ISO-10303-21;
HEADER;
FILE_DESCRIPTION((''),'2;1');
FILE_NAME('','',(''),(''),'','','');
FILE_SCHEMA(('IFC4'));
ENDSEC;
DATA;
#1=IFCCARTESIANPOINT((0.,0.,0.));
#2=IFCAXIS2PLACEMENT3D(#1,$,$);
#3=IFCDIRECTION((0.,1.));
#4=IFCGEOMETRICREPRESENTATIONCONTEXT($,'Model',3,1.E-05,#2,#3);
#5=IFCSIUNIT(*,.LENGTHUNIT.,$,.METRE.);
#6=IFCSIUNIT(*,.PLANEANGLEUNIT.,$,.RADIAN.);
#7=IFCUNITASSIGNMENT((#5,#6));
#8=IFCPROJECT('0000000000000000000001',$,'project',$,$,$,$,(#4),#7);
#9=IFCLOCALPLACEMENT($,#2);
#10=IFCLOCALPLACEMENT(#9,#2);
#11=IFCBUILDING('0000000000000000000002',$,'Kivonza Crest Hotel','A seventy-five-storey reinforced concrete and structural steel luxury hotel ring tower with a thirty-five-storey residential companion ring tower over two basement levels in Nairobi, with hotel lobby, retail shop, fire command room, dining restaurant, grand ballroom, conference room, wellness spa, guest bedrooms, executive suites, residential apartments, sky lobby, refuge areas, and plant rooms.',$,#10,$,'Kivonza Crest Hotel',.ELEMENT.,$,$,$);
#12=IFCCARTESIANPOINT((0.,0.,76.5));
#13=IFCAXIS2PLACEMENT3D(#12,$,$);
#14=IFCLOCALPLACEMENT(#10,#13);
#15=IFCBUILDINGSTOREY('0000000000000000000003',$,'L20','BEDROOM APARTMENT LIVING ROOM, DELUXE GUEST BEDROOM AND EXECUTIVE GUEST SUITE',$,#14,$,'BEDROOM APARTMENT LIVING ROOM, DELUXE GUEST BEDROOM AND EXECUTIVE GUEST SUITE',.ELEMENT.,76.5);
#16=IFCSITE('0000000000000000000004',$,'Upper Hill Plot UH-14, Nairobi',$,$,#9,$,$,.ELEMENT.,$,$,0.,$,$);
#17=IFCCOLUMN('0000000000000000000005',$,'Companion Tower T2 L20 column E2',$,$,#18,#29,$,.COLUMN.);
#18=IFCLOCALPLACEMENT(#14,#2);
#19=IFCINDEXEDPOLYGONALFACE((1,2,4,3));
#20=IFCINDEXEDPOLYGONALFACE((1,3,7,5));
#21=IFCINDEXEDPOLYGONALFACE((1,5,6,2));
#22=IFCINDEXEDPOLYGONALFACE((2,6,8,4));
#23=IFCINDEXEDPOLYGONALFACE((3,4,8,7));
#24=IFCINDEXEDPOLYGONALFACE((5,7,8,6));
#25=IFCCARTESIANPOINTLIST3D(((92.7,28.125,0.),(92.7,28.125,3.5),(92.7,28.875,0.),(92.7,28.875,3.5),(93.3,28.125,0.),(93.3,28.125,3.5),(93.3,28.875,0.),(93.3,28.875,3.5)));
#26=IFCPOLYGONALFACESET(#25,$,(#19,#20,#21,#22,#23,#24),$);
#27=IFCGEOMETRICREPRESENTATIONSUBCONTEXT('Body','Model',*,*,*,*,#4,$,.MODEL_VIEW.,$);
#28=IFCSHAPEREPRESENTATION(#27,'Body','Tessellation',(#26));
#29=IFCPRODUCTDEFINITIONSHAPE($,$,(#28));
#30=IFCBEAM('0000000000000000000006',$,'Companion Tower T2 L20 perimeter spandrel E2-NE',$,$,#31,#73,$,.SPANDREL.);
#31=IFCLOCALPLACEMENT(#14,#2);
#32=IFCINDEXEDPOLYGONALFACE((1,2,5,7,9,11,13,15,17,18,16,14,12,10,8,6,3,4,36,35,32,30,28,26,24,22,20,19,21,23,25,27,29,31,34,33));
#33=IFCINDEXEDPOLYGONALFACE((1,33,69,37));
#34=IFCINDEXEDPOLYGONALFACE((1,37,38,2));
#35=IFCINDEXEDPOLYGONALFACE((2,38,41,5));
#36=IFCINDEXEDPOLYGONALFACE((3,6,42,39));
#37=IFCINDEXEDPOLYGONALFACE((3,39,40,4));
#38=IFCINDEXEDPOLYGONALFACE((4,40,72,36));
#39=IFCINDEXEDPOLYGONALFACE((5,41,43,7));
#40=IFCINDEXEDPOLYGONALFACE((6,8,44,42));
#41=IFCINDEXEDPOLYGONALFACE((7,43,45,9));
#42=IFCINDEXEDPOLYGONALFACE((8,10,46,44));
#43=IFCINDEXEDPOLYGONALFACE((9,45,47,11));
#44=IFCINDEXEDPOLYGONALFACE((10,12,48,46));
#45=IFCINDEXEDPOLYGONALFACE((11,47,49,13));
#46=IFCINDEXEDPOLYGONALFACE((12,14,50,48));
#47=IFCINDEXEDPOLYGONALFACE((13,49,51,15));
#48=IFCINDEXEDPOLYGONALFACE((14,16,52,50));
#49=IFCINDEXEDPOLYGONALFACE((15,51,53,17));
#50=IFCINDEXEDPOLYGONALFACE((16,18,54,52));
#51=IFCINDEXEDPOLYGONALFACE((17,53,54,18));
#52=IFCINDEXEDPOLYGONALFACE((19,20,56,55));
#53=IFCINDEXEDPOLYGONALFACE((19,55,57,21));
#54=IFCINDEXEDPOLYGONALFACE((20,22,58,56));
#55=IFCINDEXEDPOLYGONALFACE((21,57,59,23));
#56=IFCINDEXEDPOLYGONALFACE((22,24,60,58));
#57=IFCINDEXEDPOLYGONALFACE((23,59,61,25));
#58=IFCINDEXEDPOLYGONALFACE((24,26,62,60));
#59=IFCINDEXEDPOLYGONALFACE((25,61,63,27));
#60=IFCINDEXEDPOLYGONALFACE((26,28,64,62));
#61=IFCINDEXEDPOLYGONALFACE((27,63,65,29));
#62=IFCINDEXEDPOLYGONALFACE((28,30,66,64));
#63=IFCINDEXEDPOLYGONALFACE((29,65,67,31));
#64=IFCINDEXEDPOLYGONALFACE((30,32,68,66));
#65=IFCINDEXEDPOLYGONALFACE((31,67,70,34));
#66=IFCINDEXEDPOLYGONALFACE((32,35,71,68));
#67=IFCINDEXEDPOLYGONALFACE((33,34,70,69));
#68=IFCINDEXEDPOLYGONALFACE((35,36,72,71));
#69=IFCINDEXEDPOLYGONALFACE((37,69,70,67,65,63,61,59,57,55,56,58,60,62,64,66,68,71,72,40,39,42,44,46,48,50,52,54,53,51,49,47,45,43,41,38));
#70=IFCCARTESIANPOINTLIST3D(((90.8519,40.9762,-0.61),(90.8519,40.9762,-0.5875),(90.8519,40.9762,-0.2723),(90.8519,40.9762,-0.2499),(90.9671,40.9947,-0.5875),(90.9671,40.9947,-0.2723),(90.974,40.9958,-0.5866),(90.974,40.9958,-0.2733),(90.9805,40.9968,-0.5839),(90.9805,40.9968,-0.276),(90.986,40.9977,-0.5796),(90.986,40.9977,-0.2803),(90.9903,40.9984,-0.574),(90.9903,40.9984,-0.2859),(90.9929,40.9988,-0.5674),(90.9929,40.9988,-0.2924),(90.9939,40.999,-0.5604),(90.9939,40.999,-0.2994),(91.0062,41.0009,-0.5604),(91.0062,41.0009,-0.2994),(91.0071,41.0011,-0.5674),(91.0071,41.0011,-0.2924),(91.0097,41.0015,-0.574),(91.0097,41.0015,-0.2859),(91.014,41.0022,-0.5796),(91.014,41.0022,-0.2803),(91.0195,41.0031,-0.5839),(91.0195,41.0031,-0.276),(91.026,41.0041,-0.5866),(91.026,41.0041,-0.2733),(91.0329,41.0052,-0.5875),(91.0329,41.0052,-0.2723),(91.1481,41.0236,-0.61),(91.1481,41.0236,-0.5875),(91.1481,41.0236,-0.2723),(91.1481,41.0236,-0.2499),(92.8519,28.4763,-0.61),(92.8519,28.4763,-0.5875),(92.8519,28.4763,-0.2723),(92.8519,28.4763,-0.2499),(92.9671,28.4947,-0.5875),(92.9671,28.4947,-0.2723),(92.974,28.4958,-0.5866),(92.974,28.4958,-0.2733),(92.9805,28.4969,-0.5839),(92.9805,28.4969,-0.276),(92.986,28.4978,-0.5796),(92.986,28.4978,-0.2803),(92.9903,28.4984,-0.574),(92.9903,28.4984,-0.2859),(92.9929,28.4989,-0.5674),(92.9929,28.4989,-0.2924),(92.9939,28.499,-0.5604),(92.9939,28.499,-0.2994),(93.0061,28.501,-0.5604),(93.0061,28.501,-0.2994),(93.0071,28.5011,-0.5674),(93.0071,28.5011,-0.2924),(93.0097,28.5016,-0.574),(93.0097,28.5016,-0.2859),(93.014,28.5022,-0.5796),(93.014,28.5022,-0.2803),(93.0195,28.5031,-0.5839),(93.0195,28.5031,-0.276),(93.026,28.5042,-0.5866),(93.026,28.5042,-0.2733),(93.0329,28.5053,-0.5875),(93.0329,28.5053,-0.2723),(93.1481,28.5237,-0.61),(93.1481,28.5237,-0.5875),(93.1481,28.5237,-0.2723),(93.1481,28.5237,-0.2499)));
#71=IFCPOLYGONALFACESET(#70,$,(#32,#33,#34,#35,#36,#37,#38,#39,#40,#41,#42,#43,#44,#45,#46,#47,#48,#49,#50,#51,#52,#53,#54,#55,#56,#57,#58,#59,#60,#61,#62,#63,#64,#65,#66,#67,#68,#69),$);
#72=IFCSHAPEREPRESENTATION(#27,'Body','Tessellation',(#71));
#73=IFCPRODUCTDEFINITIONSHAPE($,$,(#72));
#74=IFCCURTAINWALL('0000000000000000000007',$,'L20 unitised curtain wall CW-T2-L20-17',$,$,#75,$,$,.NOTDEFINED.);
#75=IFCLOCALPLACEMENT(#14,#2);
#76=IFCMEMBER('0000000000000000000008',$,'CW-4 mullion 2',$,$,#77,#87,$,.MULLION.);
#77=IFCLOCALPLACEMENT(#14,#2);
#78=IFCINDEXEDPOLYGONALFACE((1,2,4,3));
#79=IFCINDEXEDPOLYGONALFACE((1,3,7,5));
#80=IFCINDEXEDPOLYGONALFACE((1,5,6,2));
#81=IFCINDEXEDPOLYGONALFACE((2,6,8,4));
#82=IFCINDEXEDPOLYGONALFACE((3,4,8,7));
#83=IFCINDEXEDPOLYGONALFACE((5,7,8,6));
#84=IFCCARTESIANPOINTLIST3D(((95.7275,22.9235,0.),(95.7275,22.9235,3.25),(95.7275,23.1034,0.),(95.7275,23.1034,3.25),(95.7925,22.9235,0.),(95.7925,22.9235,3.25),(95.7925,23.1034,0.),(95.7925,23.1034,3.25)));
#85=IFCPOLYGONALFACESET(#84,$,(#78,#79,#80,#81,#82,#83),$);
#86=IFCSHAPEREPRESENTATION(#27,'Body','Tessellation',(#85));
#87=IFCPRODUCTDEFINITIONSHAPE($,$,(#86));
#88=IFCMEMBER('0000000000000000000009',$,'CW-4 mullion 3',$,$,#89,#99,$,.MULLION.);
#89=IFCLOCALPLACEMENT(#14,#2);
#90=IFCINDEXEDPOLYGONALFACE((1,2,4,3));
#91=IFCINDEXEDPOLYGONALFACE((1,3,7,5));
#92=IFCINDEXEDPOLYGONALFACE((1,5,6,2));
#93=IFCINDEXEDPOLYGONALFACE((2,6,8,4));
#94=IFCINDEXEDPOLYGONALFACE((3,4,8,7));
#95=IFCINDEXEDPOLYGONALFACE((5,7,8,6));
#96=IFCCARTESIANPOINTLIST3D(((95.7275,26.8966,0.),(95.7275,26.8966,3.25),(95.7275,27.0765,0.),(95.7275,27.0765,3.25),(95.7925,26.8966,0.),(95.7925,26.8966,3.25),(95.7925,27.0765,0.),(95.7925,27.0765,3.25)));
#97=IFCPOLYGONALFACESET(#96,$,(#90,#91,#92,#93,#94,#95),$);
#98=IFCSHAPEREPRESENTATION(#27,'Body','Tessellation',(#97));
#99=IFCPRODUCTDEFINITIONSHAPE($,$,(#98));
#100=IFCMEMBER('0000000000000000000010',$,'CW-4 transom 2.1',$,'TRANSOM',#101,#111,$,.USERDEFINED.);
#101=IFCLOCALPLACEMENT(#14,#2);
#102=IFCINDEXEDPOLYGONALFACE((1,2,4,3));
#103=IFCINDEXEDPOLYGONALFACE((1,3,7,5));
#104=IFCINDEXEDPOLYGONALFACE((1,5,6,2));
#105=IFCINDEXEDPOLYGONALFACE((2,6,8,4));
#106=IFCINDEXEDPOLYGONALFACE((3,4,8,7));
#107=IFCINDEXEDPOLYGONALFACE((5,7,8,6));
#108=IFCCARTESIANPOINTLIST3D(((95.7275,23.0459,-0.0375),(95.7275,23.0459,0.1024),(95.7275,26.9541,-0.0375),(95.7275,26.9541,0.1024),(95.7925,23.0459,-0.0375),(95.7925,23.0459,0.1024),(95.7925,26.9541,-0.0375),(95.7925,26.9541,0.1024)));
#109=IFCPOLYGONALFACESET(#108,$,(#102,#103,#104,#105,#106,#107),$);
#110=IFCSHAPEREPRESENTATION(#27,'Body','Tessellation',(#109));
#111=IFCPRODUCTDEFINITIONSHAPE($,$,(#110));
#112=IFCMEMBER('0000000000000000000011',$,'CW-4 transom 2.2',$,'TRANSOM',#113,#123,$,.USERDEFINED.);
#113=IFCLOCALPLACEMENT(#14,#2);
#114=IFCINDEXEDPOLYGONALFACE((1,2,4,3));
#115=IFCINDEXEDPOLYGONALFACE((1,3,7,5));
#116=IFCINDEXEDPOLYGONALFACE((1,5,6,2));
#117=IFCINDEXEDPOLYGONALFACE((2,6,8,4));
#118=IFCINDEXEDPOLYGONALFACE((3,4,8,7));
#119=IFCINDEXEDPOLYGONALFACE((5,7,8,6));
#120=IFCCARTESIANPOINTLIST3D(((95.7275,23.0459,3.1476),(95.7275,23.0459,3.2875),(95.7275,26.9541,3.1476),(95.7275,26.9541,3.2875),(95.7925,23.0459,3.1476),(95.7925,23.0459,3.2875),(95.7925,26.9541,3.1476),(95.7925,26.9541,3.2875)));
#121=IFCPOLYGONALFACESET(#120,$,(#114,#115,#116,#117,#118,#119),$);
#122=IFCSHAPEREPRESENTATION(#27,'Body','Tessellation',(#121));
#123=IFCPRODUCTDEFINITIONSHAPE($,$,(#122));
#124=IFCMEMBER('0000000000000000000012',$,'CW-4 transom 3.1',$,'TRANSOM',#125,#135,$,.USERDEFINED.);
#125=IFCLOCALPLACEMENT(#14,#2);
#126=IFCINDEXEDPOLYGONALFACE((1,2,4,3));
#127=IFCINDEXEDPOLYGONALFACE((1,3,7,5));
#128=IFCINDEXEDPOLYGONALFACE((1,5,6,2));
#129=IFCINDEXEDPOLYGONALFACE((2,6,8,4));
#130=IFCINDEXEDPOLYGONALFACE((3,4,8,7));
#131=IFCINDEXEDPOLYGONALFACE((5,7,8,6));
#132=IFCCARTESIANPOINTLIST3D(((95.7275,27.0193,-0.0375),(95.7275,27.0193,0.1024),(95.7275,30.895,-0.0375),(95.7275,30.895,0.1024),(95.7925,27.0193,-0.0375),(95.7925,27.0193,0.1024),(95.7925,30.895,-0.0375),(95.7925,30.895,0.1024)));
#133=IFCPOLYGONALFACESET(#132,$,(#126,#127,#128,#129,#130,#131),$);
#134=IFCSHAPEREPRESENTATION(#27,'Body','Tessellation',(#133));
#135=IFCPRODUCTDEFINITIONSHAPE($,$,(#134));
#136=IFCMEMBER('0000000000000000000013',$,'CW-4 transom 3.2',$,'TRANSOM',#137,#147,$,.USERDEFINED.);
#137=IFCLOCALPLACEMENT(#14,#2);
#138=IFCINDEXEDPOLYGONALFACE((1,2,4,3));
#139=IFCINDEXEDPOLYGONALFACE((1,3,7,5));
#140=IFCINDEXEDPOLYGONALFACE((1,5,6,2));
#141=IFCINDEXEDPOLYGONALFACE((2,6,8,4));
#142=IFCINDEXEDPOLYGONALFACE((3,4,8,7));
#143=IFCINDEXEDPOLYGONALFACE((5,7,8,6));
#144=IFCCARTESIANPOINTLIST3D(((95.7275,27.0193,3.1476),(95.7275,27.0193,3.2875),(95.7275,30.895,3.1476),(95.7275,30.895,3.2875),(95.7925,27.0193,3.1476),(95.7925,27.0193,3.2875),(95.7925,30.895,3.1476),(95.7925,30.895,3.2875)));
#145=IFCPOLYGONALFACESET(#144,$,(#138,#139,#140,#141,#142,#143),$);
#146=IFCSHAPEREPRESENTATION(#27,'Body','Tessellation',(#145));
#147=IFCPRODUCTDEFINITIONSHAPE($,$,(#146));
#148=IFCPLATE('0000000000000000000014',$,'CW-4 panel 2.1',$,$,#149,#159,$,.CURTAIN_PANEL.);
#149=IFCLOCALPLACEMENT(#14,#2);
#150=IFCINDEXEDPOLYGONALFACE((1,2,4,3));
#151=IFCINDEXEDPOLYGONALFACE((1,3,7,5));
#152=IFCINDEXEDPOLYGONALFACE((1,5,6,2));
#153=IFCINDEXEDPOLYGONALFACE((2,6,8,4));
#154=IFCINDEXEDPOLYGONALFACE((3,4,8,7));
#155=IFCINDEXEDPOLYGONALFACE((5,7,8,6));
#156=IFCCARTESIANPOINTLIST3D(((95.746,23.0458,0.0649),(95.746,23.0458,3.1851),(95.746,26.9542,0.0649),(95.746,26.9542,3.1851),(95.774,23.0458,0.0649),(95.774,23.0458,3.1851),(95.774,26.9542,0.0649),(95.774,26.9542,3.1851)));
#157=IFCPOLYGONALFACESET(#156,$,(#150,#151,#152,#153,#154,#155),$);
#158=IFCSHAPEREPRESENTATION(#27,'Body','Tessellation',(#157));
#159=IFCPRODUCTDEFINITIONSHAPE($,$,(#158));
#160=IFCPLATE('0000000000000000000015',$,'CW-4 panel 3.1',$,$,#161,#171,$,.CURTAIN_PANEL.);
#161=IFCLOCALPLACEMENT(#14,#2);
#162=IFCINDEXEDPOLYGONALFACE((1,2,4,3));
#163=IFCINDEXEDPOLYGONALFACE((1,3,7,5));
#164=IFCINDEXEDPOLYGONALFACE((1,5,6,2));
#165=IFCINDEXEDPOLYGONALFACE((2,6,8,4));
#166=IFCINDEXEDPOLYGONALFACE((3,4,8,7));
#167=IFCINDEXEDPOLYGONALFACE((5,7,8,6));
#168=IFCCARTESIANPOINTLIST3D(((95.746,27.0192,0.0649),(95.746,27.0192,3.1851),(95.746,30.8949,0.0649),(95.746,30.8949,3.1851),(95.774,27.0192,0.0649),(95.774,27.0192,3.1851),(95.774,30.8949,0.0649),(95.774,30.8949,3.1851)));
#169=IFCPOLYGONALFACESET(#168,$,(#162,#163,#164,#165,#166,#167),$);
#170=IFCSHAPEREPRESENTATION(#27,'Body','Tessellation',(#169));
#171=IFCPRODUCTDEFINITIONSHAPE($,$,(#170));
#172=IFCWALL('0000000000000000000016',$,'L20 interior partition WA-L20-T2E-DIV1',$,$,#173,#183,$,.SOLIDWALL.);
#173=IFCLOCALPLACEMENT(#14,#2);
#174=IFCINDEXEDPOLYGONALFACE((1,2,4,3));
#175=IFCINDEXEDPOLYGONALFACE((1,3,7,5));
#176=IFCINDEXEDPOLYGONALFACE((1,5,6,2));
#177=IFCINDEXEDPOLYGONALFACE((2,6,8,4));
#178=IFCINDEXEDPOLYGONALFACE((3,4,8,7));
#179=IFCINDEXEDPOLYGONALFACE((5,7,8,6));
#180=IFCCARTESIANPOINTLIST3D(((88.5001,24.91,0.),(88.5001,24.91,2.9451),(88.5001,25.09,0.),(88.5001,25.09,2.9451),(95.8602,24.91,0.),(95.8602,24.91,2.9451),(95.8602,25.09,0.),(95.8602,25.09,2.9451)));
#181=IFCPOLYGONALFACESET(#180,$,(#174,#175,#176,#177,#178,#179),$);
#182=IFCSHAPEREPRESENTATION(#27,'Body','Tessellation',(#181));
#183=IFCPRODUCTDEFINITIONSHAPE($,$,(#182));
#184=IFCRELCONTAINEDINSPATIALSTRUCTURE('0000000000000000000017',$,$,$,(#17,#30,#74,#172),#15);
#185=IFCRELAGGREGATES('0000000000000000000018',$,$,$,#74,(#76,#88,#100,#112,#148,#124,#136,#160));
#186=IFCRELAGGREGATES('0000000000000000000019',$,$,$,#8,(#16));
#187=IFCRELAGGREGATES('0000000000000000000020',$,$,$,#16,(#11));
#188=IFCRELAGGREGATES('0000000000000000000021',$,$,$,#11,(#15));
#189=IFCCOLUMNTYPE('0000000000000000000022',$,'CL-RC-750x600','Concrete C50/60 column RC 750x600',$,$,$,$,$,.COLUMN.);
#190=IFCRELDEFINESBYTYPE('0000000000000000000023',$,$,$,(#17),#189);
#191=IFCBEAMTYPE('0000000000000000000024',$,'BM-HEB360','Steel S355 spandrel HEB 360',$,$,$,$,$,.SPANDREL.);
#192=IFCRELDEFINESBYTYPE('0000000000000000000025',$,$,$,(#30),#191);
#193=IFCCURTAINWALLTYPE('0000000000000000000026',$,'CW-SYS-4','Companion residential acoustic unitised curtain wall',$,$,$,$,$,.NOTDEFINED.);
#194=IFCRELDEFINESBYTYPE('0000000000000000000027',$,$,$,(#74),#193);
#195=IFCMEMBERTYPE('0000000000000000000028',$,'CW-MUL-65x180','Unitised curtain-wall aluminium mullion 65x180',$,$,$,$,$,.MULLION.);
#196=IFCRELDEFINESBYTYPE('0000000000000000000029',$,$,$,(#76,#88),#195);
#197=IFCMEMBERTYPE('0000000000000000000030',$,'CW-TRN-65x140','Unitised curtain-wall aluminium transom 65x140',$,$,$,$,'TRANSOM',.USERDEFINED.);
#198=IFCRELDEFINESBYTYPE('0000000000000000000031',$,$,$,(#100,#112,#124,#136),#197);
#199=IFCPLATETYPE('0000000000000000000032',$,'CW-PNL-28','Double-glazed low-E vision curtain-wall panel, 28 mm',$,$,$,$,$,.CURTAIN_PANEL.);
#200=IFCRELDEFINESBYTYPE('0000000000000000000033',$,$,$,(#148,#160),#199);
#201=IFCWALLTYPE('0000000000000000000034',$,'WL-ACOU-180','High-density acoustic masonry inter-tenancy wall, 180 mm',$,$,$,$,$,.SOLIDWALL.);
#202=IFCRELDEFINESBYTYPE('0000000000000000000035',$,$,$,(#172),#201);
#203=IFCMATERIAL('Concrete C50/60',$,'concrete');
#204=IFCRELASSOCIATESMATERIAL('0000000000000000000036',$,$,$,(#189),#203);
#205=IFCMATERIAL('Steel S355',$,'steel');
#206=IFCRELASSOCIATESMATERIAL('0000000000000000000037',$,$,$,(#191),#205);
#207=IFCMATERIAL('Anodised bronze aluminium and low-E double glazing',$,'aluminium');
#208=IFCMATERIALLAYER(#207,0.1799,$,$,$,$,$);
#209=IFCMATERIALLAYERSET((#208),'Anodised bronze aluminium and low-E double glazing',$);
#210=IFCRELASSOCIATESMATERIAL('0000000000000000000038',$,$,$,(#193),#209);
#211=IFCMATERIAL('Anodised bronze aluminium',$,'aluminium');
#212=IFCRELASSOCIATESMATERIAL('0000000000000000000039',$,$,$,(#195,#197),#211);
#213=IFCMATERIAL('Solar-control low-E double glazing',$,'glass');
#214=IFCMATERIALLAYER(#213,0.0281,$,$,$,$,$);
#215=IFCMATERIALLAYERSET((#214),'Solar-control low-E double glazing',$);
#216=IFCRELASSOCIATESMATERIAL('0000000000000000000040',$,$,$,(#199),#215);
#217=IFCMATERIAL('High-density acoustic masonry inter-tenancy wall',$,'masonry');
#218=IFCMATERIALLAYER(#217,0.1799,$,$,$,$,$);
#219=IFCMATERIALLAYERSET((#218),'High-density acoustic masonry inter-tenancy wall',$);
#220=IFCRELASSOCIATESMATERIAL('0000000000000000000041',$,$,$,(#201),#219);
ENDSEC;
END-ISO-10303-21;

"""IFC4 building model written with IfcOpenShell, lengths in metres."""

from ifc_helpers import new_model, si_unit, direction, frame, frame_2d, origin, origin_2d, place, context, subcontext, project, spatial, rectangle, i_section, extrude, material, layer, layer_set, material_profile, profile_set, type_object, element, aggregate, save


model = new_model("IFC4")

# Units and contexts
model_context = context("Model", 3, precision=1e-05, world=origin(), true_north=direction((0.0, 1.0)))
body_context = subcontext(model_context, "Body", "Model", "MODEL_VIEW")
ifc_project = project(units=[si_unit("LENGTHUNIT", "METRE"), si_unit("PLANEANGLEUNIT", "RADIAN")], contexts=[model_context])

# Site, building, storey
site_placement = place(None, origin())
site = spatial("IfcSite", under=ifc_project, at=site_placement, Name="Upper Hill Plot UH-14, Nairobi", CompositionType="ELEMENT", RefElevation=0.0)
building_placement = place(site_placement, origin())
building = spatial("IfcBuilding", under=site, at=building_placement, Name="Kivonza Crest Hotel", Description="A seventy-five-storey reinforced concrete and structural steel luxury hotel ring tower with a thirty-five-storey residential companion ring tower over two basement levels in Nairobi, with hotel lobby, retail shop, fire command room, dining restaurant, grand ballroom, conference room, wellness spa, guest bedrooms, executive suites, residential apartments, sky lobby, refuge areas, and plant rooms.", LongName="Kivonza Crest Hotel", CompositionType="ELEMENT")
storey_placement = place(building_placement, frame((0.0, 0.0, 76.5)))
storey = spatial("IfcBuildingStorey", under=building, at=storey_placement, Name="L20", Description="BEDROOM APARTMENT LIVING ROOM, DELUXE GUEST BEDROOM AND EXECUTIVE GUEST SUITE", LongName="BEDROOM APARTMENT LIVING ROOM, DELUXE GUEST BEDROOM AND EXECUTIVE GUEST SUITE", CompositionType="ELEMENT", Elevation=76.5)

# Column
ifc_material_1 = material(Name="Concrete C50/60", Category="concrete")
ifc_material_profile_1 = material_profile(ifc_material_1, rectangle(XDim=0.6001, YDim=0.75, at=origin_2d()), Name="RC 750x600")
ifc_profile_set_1 = profile_set([ifc_material_profile_1], Name="Concrete C50/60")
column_type = type_object("IfcColumnType", Name="CL-RC-750x600", Description="Concrete C50/60 column RC 750x600", PredefinedType="COLUMN", material=ifc_profile_set_1)
column_placement = place(storey_placement, frame((93.0, 28.5, 0.0), z_axis=(0.0, 0.0, 1.0), x_axis=(1.0, 0.0, 0.0)))
element("IfcColumn", 1, at=column_placement, inside=storey, type_object=column_type, Name="Companion Tower T2 L20 column E2", PredefinedType="COLUMN", context=body_context, shape_type="SweptSolid", body=[
    extrude(rectangle(XDim=0.6001, YDim=0.75, at=origin_2d()), origin(), (0.0, 0.0, 1.0), 3.5),
])

# Beam
ifc_material_2 = material(Name="Steel S355", Category="steel")
ifc_material_profile_2 = material_profile(ifc_material_2, i_section(OverallWidth=0.3, OverallDepth=0.3601, WebThickness=0.0125, FlangeThickness=0.0225, FilletRadius=0.0271, at=origin_2d()), Name="HEB 360")
ifc_profile_set_2 = profile_set([ifc_material_profile_2], Name="Steel S355")
beam_type = type_object("IfcBeamType", Name="BM-HEB360", Description="Steel S355 spandrel HEB 360", PredefinedType="SPANDREL", material=ifc_profile_set_2)
beam_placement = place(storey_placement, frame((93.0, 28.5, -0.4299), z_axis=(-0.157991, 0.987441, 0.0), x_axis=(-0.987441, -0.157991, 0.0)))
element("IfcBeam", 2, at=beam_placement, inside=storey, type_object=beam_type, Name="Companion Tower T2 L20 perimeter spandrel E2-NE", PredefinedType="SPANDREL", context=body_context, shape_type="SweptSolid", body=[
    extrude(i_section(OverallWidth=0.3, OverallDepth=0.3601, WebThickness=0.0125, FlangeThickness=0.0225, FilletRadius=0.0271, at=origin_2d()), origin(), (0.0, 0.0, 1.0), 12.6589),
])

# Curtain wall, members, plates
ifc_material_3 = material(Name="Anodised bronze aluminium and low-E double glazing", Category="aluminium")
ifc_layer_1 = layer(ifc_material_3, 0.1799)
ifc_layer_set_1 = layer_set([ifc_layer_1], Name="Anodised bronze aluminium and low-E double glazing")
curtain_wall_type = type_object("IfcCurtainWallType", Name="CW-SYS-4", Description="Companion residential acoustic unitised curtain wall", PredefinedType="NOTDEFINED", material=ifc_layer_set_1)
curtain_wall_placement = place(storey_placement, origin())
curtain_wall = element("IfcCurtainWall", 3, at=curtain_wall_placement, inside=storey, type_object=curtain_wall_type, Name="L20 unitised curtain wall CW-T2-L20-17", PredefinedType="NOTDEFINED")
ifc_material_4 = material(Name="Anodised bronze aluminium", Category="aluminium")
ifc_material_profile_3 = material_profile(ifc_material_4, rectangle(XDim=0.0649, YDim=0.1799, at=origin_2d()), Name="CW-M 65x180")
ifc_profile_set_3 = profile_set([ifc_material_profile_3], Name="Anodised bronze aluminium")
member_type_1 = type_object("IfcMemberType", Name="CW-MUL-65x180", Description="Unitised curtain-wall aluminium mullion 65x180", PredefinedType="MULLION", material=ifc_profile_set_3)
member_1_placement = place(storey_placement, frame((95.76, 23.0134, 0.0), z_axis=(0.0, 0.0, 1.0), x_axis=(-1.0, 0.0, 0.0)))
member_1 = element("IfcMember", 4, at=member_1_placement, type_object=member_type_1, Name="CW-4 mullion 2", PredefinedType="MULLION", context=body_context, shape_type="SweptSolid", body=[
    extrude(rectangle(XDim=0.0649, YDim=0.1799, at=origin_2d()), origin(), (0.0, 0.0, 1.0), 3.25),
])
member_2_placement = place(storey_placement, frame((95.76, 26.9866, 0.0), z_axis=(0.0, 0.0, 1.0), x_axis=(-1.0, 0.0, 0.0)))
member_2 = element("IfcMember", 5, at=member_2_placement, type_object=member_type_1, Name="CW-4 mullion 3", PredefinedType="MULLION", context=body_context, shape_type="SweptSolid", body=[
    extrude(rectangle(XDim=0.0649, YDim=0.1799, at=origin_2d()), origin(), (0.0, 0.0, 1.0), 3.25),
])
ifc_material_profile_4 = material_profile(ifc_material_4, rectangle(XDim=0.0649, YDim=0.1399, at=origin_2d()), Name="CW-T 65x140")
ifc_profile_set_4 = profile_set([ifc_material_profile_4], Name="Anodised bronze aluminium")
member_type_2 = type_object("IfcMemberType", Name="CW-TRN-65x140", Description="Unitised curtain-wall aluminium transom 65x140", ElementType="TRANSOM", PredefinedType="USERDEFINED", material=ifc_profile_set_4)
member_3_placement = place(storey_placement, frame((95.76, 23.0459, 0.0325), z_axis=(0.0, 1.0, 0.0), x_axis=(-1.0, 0.0, 0.0)))
member_3 = element("IfcMember", 6, at=member_3_placement, type_object=member_type_2, Name="CW-4 transom 2.1", ObjectType="TRANSOM", PredefinedType="USERDEFINED", context=body_context, shape_type="SweptSolid", body=[
    extrude(rectangle(XDim=0.0649, YDim=0.1399, at=origin_2d()), origin(), (0.0, 0.0, 1.0), 3.9082),
])
member_4_placement = place(storey_placement, frame((95.76, 23.0459, 3.2175), z_axis=(0.0, 1.0, 0.0), x_axis=(-1.0, 0.0, 0.0)))
member_4 = element("IfcMember", 7, at=member_4_placement, type_object=member_type_2, Name="CW-4 transom 2.2", ObjectType="TRANSOM", PredefinedType="USERDEFINED", context=body_context, shape_type="SweptSolid", body=[
    extrude(rectangle(XDim=0.0649, YDim=0.1399, at=origin_2d()), origin(), (0.0, 0.0, 1.0), 3.9082),
])
member_5_placement = place(storey_placement, frame((95.76, 27.0193, 0.0325), z_axis=(0.0, 1.0, 0.0), x_axis=(-1.0, 0.0, 0.0)))
member_5 = element("IfcMember", 8, at=member_5_placement, type_object=member_type_2, Name="CW-4 transom 3.1", ObjectType="TRANSOM", PredefinedType="USERDEFINED", context=body_context, shape_type="SweptSolid", body=[
    extrude(rectangle(XDim=0.0649, YDim=0.1399, at=origin_2d()), origin(), (0.0, 0.0, 1.0), 3.8757),
])
member_6_placement = place(storey_placement, frame((95.76, 27.0193, 3.2175), z_axis=(0.0, 1.0, 0.0), x_axis=(-1.0, 0.0, 0.0)))
member_6 = element("IfcMember", 9, at=member_6_placement, type_object=member_type_2, Name="CW-4 transom 3.2", ObjectType="TRANSOM", PredefinedType="USERDEFINED", context=body_context, shape_type="SweptSolid", body=[
    extrude(rectangle(XDim=0.0649, YDim=0.1399, at=origin_2d()), origin(), (0.0, 0.0, 1.0), 3.8757),
])
ifc_material_5 = material(Name="Solar-control low-E double glazing", Category="glass")
ifc_layer_2 = layer(ifc_material_5, 0.0281)
ifc_layer_set_2 = layer_set([ifc_layer_2], Name="Solar-control low-E double glazing")
plate_type = type_object("IfcPlateType", Name="CW-PNL-28", Description="Double-glazed low-E vision curtain-wall panel, 28 mm", PredefinedType="CURTAIN_PANEL", material=ifc_layer_set_2)
plate_1_placement = place(storey_placement, frame((95.76, 25.0, 0.0649), z_axis=(0.0, 0.0, 1.0), x_axis=(0.0, 1.0, 0.0)))
plate_1 = element("IfcPlate", 10, at=plate_1_placement, type_object=plate_type, Name="CW-4 panel 2.1", PredefinedType="CURTAIN_PANEL", context=body_context, shape_type="SweptSolid", body=[
    extrude(rectangle(XDim=3.9084, YDim=0.0281, at=origin_2d()), origin(), (0.0, 0.0, 1.0), 3.1201),
])
plate_2_placement = place(storey_placement, frame((95.76, 28.957, 0.0649), z_axis=(0.0, 0.0, 1.0), x_axis=(0.0, 1.0, 0.0)))
plate_2 = element("IfcPlate", 11, at=plate_2_placement, type_object=plate_type, Name="CW-4 panel 3.1", PredefinedType="CURTAIN_PANEL", context=body_context, shape_type="SweptSolid", body=[
    extrude(rectangle(XDim=3.8757, YDim=0.0281, at=origin_2d()), origin(), (0.0, 0.0, 1.0), 3.1201),
])
aggregate(curtain_wall, [member_1, member_2, member_3, member_4, plate_1, member_5, member_6, plate_2])

# Wall
ifc_material_6 = material(Name="High-density acoustic masonry inter-tenancy wall", Category="masonry")
ifc_layer_3 = layer(ifc_material_6, 0.1799)
ifc_layer_set_3 = layer_set([ifc_layer_3], Name="High-density acoustic masonry inter-tenancy wall")
wall_type_1 = type_object("IfcWallType", Name="WL-ACOU-180", Description="High-density acoustic masonry inter-tenancy wall, 180 mm", PredefinedType="SOLIDWALL", material=ifc_layer_set_3)
wall_1_placement = place(storey_placement, frame((88.5, 25.0, 0.0), z_axis=(0.0, 0.0, 1.0), x_axis=(1.0, 0.0, 0.0)))
element("IfcWall", 12, at=wall_1_placement, inside=storey, type_object=wall_type_1, Name="L20 interior partition WA-L20-T2E-DIV1", PredefinedType="SOLIDWALL", context=body_context, shape_type="SweptSolid", body=[
    extrude(rectangle(XDim=7.3601, YDim=0.1799, at=frame_2d((3.6802, 0.0))), origin(), (0.0, 0.0, 1.0), 2.9451),
])

save(model, "model.ifc")
